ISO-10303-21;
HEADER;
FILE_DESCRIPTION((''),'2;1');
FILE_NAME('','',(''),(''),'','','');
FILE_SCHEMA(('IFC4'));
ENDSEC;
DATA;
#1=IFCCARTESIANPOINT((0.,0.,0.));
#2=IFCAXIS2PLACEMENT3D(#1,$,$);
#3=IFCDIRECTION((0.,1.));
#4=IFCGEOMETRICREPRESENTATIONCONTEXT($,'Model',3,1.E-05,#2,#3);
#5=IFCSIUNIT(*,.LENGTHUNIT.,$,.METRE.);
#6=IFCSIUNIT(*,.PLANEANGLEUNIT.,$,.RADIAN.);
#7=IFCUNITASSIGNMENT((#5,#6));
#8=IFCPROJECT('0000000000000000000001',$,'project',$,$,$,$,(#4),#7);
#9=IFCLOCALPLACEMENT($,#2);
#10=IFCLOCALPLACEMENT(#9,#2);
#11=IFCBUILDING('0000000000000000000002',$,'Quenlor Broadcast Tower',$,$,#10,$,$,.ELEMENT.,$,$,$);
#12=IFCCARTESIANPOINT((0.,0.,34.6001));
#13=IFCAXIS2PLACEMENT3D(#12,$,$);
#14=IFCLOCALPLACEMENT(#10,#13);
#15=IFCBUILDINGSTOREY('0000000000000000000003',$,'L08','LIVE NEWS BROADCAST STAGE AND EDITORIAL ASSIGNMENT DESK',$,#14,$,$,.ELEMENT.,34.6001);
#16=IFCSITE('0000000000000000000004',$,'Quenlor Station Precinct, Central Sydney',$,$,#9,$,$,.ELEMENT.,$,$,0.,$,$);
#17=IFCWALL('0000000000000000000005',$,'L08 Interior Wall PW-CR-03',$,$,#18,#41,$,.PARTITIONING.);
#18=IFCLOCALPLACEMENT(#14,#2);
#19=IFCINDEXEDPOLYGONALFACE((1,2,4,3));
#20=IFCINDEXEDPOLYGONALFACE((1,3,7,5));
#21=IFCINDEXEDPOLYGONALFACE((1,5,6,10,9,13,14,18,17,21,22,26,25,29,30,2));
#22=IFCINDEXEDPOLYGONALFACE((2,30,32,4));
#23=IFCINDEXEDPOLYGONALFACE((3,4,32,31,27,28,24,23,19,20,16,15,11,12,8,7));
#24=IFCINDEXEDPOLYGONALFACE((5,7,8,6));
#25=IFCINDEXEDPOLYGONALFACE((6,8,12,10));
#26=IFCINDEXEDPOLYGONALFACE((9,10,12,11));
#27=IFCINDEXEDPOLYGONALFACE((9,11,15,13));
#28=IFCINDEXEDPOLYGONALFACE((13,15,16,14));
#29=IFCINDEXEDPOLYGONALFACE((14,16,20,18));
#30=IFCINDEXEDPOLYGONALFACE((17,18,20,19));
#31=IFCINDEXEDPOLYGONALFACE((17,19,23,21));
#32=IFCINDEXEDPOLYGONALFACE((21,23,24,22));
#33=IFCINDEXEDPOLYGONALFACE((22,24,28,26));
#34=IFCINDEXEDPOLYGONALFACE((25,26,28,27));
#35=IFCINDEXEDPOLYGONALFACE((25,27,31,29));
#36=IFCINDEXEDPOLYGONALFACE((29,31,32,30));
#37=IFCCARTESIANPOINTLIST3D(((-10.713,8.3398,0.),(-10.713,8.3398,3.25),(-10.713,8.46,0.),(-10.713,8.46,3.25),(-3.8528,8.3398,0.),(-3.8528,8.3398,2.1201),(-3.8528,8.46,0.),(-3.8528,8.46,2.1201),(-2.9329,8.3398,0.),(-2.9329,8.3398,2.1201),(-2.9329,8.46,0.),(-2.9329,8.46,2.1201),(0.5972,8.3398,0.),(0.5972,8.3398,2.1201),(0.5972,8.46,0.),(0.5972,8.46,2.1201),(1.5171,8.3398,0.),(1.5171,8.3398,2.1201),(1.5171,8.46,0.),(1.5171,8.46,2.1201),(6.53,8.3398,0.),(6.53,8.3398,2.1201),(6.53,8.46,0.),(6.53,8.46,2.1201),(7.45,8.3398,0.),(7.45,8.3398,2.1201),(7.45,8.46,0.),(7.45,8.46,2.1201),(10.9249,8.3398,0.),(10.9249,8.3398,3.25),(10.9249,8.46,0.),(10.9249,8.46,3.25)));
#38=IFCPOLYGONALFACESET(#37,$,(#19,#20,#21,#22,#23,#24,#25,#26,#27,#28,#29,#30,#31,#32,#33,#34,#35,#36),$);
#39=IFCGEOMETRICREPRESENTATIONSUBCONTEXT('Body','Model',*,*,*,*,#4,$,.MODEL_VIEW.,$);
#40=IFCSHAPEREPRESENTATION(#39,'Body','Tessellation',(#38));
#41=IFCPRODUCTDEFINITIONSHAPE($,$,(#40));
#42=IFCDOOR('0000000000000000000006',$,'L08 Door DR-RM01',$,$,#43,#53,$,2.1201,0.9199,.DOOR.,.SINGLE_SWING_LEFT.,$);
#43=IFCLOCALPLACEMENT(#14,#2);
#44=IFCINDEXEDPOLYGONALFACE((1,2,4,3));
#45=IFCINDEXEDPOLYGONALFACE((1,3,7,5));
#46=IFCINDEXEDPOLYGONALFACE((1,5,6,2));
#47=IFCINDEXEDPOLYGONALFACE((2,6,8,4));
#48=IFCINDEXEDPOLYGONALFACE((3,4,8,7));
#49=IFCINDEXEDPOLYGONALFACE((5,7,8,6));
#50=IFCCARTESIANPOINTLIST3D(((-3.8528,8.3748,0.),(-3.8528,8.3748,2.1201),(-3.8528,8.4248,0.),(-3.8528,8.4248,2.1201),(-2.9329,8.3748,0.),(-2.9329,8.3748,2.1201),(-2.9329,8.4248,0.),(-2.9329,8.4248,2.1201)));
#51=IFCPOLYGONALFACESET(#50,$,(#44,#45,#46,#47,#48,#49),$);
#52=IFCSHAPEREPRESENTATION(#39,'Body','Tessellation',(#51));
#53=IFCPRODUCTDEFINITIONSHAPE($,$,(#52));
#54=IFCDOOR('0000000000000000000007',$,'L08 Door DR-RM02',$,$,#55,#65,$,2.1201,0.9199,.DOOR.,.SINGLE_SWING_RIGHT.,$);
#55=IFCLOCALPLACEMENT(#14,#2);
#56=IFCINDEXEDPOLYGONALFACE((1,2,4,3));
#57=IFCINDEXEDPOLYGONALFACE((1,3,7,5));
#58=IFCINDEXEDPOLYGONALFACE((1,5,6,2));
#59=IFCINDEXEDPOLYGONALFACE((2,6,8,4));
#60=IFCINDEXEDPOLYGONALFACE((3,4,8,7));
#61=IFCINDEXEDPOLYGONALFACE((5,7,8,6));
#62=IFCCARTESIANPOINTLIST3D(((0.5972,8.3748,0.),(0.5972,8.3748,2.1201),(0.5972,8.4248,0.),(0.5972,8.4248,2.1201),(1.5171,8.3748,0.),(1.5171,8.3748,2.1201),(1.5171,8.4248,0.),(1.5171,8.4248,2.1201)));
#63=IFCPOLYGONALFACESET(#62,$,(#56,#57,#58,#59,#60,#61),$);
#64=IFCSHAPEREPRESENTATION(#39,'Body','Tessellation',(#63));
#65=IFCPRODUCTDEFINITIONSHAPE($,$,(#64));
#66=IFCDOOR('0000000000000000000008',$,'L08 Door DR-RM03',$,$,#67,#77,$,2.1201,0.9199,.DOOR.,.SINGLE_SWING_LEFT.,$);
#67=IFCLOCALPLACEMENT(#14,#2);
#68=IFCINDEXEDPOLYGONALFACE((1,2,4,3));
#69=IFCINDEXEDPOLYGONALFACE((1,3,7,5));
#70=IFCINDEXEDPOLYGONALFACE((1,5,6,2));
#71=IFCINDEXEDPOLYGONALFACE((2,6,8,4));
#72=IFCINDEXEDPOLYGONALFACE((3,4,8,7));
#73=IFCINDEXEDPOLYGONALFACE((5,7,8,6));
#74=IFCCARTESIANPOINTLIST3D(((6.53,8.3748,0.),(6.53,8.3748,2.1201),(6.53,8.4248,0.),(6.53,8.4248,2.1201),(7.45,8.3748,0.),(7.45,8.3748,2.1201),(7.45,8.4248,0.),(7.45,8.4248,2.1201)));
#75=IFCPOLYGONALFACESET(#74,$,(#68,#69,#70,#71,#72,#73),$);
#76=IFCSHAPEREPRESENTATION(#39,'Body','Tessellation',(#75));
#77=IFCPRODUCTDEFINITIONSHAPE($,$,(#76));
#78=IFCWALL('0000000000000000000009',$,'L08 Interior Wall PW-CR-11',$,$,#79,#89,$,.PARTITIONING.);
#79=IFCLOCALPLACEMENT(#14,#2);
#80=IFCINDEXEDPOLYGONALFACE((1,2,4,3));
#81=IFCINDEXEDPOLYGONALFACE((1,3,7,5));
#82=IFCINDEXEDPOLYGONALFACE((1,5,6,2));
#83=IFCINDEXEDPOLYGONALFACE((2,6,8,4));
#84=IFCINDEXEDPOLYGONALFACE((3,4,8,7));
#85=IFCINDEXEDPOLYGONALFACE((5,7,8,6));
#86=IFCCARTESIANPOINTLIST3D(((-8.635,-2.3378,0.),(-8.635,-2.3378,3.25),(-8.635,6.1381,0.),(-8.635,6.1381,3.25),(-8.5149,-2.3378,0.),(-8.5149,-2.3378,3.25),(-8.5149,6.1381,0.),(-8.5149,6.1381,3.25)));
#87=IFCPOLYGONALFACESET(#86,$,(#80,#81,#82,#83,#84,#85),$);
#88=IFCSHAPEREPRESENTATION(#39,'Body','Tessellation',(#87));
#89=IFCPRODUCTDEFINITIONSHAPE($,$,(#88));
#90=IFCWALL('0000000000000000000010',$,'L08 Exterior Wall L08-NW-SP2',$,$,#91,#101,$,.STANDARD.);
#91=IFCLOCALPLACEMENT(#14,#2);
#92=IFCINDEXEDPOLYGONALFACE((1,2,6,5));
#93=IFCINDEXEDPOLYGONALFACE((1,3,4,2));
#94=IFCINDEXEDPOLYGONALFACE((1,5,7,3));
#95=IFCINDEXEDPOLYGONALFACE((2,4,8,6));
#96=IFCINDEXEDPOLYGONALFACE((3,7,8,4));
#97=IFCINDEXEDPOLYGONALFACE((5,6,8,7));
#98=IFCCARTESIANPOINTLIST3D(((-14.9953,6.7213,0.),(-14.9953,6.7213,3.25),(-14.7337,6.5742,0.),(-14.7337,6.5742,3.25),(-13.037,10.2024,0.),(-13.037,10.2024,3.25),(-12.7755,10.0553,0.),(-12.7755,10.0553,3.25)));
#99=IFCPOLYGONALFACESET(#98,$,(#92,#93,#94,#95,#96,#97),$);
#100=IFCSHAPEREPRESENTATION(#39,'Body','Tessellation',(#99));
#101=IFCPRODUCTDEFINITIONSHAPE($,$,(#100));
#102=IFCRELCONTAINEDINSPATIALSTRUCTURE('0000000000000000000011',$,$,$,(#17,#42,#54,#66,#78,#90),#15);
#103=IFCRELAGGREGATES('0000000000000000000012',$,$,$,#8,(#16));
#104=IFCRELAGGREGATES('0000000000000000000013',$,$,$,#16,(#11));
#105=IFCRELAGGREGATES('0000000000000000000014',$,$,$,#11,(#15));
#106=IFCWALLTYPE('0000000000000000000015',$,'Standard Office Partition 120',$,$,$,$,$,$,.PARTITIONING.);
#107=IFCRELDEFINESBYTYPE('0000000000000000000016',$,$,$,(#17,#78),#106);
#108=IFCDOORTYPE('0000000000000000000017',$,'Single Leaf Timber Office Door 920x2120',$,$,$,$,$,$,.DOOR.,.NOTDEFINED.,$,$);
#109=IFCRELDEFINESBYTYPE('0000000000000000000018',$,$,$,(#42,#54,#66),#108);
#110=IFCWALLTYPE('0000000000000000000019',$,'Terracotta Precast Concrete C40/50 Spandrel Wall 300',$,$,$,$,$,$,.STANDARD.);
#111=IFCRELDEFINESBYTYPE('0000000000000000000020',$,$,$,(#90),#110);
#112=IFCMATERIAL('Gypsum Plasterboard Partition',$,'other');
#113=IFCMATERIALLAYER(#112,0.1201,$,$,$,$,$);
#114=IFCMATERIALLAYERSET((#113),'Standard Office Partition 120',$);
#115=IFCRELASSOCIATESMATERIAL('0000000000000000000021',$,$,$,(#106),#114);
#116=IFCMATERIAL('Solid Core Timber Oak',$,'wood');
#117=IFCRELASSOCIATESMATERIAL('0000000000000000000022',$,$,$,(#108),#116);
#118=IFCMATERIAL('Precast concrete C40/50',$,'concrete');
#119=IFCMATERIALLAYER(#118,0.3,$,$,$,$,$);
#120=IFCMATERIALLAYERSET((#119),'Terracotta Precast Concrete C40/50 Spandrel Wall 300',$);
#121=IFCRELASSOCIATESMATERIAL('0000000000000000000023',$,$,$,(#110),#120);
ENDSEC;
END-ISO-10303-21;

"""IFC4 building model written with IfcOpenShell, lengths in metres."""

from ifc_helpers import new_model, si_unit, direction, frame, frame_2d, origin, place, context, subcontext, project, spatial, rectangle, extrude, material, layer, layer_set, type_object, element, fill, save


model = new_model("IFC4")

# Units and contexts
model_context = context("Model", 3, precision=1e-05, world=origin(), true_north=direction((0.0, 1.0)))
body_context = subcontext(model_context, "Body", "Model", "MODEL_VIEW")
ifc_project = project(units=[si_unit("LENGTHUNIT", "METRE"), si_unit("PLANEANGLEUNIT", "RADIAN")], contexts=[model_context])

# Site, building, storey
site_placement = place(None, origin())
site = spatial("IfcSite", under=ifc_project, at=site_placement, Name="Quenlor Station Precinct, Central Sydney", CompositionType="ELEMENT", RefElevation=0.0)
building_placement = place(site_placement, origin())
building = spatial("IfcBuilding", under=site, at=building_placement, Name="Quenlor Broadcast Tower", CompositionType="ELEMENT")
storey_placement = place(building_placement, frame((0.0, 0.0, 34.6001)))
storey = spatial("IfcBuildingStorey", under=building, at=storey_placement, Name="L08", Description="LIVE NEWS BROADCAST STAGE AND EDITORIAL ASSIGNMENT DESK", CompositionType="ELEMENT", Elevation=34.6001)

# Wall, openings, doors
ifc_material_1 = material(Name="Gypsum Plasterboard Partition", Category="other")
ifc_layer_1 = layer(ifc_material_1, 0.1201)
ifc_layer_set_1 = layer_set([ifc_layer_1], Name="Standard Office Partition 120")
wall_type_1 = type_object("IfcWallType", Name="Standard Office Partition 120", PredefinedType="PARTITIONING", material=ifc_layer_set_1)
wall_1_placement = place(storey_placement, frame((-10.7129, 8.3999, 0.0), z_axis=(0.0, 0.0, 1.0), x_axis=(1.0, 0.0, 0.0)))
wall_1 = element("IfcWall", 1, at=wall_1_placement, inside=storey, type_object=wall_type_1, Name="L08 Interior Wall PW-CR-03", PredefinedType="PARTITIONING", context=body_context, shape_type="SweptSolid", body=[
    extrude(rectangle(XDim=21.6379, YDim=0.1201, at=frame_2d((10.8188, 0.0))), origin(), (0.0, 0.0, 1.0), 3.25),
])
opening_1_placement = place(wall_1_placement, frame((6.8601, 0.0, 0.0)))
opening_1 = element("IfcOpeningElement", 2, at=opening_1_placement, cuts=wall_1, PredefinedType="OPENING", context=body_context, shape_type="SweptSolid", body=[
    extrude(rectangle(XDim=0.9199, YDim=2.1201, at=frame_2d((0.46, 1.0601))), frame((0.0, 0.0701, 0.0), z_axis=(0.0, -1.0, 0.0), x_axis=(1.0, 0.0, 0.0)), (0.0, 0.0, 1.0), 0.1401),
])
opening_2_placement = place(wall_1_placement, frame((11.3101, 0.0, 0.0)))
opening_2 = element("IfcOpeningElement", 3, at=opening_2_placement, cuts=wall_1, PredefinedType="OPENING", context=body_context, shape_type="SweptSolid", body=[
    extrude(rectangle(XDim=0.9199, YDim=2.1201, at=frame_2d((0.46, 1.0601))), frame((0.0, 0.0701, 0.0), z_axis=(0.0, -1.0, 0.0), x_axis=(1.0, 0.0, 0.0)), (0.0, 0.0, 1.0), 0.1401),
])
opening_3_placement = place(wall_1_placement, frame((17.2429, 0.0, 0.0)))
opening_3 = element("IfcOpeningElement", 4, at=opening_3_placement, cuts=wall_1, PredefinedType="OPENING", context=body_context, shape_type="SweptSolid", body=[
    extrude(rectangle(XDim=0.9199, YDim=2.1201, at=frame_2d((0.46, 1.0601))), frame((0.0, 0.0701, 0.0), z_axis=(0.0, -1.0, 0.0), x_axis=(1.0, 0.0, 0.0)), (0.0, 0.0, 1.0), 0.1401),
])
ifc_material_2 = material(Name="Solid Core Timber Oak", Category="wood")
door_type = type_object("IfcDoorType", Name="Single Leaf Timber Office Door 920x2120", OperationType="NOTDEFINED", PredefinedType="DOOR", material=ifc_material_2)
door_1_placement = place(opening_1_placement, origin())
door_1 = element("IfcDoor", 5, at=door_1_placement, inside=storey, type_object=door_type, Name="L08 Door DR-RM01", OperationType="SINGLE_SWING_LEFT", OverallHeight=2.1201, OverallWidth=0.9199, PredefinedType="DOOR", context=body_context, shape_type="SweptSolid", body=[
    extrude(rectangle(XDim=0.9199, YDim=2.1201, at=frame_2d((0.46, 1.0601))), frame((0.0, 0.0249, 0.0), z_axis=(0.0, -1.0, 0.0), x_axis=(1.0, 0.0, 0.0)), (0.0, 0.0, 1.0), 0.05),
])
fill(opening_1, door_1)
door_2_placement = place(opening_2_placement, origin())
door_2 = element("IfcDoor", 6, at=door_2_placement, inside=storey, type_object=door_type, Name="L08 Door DR-RM02", OperationType="SINGLE_SWING_RIGHT", OverallHeight=2.1201, OverallWidth=0.9199, PredefinedType="DOOR", context=body_context, shape_type="SweptSolid", body=[
    extrude(rectangle(XDim=0.9199, YDim=2.1201, at=frame_2d((0.46, 1.0601))), frame((0.0, 0.0249, 0.0), z_axis=(0.0, -1.0, 0.0), x_axis=(1.0, 0.0, 0.0)), (0.0, 0.0, 1.0), 0.05),
])
fill(opening_2, door_2)
door_3_placement = place(opening_3_placement, origin())
door_3 = element("IfcDoor", 7, at=door_3_placement, inside=storey, type_object=door_type, Name="L08 Door DR-RM03", OperationType="SINGLE_SWING_LEFT", OverallHeight=2.1201, OverallWidth=0.9199, PredefinedType="DOOR", context=body_context, shape_type="SweptSolid", body=[
    extrude(rectangle(XDim=0.9199, YDim=2.1201, at=frame_2d((0.46, 1.0601))), frame((0.0, 0.0249, 0.0), z_axis=(0.0, -1.0, 0.0), x_axis=(1.0, 0.0, 0.0)), (0.0, 0.0, 1.0), 0.05),
])
fill(opening_3, door_3)

# Walls
wall_2_placement = place(storey_placement, frame((-8.575, 6.1379, 0.0), z_axis=(0.0, 0.0, 1.0), x_axis=(0.0, -1.0, 0.0)))
element("IfcWall", 8, at=wall_2_placement, inside=storey, type_object=wall_type_1, Name="L08 Interior Wall PW-CR-11", PredefinedType="PARTITIONING", context=body_context, shape_type="SweptSolid", body=[
    extrude(rectangle(XDim=8.4758, YDim=0.1201, at=frame_2d((4.2378, 0.0))), origin(), (0.0, 0.0, 1.0), 3.25),
])
ifc_material_3 = material(Name="Precast concrete C40/50", Category="concrete")
ifc_layer_2 = layer(ifc_material_3, 0.3)
ifc_layer_set_2 = layer_set([ifc_layer_2], Name="Terracotta Precast Concrete C40/50 Spandrel Wall 300")
wall_type_2 = type_object("IfcWallType", Name="Terracotta Precast Concrete C40/50 Spandrel Wall 300", PredefinedType="STANDARD", material=ifc_layer_set_2)
wall_3_placement = place(storey_placement, frame((-14.8645, 6.6477, 0.0), z_axis=(0.0, 0.0, 1.0), x_axis=(0.490276, 0.871567, 0.0)))
element("IfcWall", 9, at=wall_3_placement, inside=storey, type_object=wall_type_2, Name="L08 Exterior Wall L08-NW-SP2", PredefinedType="STANDARD", context=body_context, shape_type="SweptSolid", body=[
    extrude(rectangle(XDim=3.9941, YDim=0.3, at=frame_2d((1.9971, 0.0))), origin(), (0.0, 0.0, 1.0), 3.25),
])

save(model, "model.ifc")
